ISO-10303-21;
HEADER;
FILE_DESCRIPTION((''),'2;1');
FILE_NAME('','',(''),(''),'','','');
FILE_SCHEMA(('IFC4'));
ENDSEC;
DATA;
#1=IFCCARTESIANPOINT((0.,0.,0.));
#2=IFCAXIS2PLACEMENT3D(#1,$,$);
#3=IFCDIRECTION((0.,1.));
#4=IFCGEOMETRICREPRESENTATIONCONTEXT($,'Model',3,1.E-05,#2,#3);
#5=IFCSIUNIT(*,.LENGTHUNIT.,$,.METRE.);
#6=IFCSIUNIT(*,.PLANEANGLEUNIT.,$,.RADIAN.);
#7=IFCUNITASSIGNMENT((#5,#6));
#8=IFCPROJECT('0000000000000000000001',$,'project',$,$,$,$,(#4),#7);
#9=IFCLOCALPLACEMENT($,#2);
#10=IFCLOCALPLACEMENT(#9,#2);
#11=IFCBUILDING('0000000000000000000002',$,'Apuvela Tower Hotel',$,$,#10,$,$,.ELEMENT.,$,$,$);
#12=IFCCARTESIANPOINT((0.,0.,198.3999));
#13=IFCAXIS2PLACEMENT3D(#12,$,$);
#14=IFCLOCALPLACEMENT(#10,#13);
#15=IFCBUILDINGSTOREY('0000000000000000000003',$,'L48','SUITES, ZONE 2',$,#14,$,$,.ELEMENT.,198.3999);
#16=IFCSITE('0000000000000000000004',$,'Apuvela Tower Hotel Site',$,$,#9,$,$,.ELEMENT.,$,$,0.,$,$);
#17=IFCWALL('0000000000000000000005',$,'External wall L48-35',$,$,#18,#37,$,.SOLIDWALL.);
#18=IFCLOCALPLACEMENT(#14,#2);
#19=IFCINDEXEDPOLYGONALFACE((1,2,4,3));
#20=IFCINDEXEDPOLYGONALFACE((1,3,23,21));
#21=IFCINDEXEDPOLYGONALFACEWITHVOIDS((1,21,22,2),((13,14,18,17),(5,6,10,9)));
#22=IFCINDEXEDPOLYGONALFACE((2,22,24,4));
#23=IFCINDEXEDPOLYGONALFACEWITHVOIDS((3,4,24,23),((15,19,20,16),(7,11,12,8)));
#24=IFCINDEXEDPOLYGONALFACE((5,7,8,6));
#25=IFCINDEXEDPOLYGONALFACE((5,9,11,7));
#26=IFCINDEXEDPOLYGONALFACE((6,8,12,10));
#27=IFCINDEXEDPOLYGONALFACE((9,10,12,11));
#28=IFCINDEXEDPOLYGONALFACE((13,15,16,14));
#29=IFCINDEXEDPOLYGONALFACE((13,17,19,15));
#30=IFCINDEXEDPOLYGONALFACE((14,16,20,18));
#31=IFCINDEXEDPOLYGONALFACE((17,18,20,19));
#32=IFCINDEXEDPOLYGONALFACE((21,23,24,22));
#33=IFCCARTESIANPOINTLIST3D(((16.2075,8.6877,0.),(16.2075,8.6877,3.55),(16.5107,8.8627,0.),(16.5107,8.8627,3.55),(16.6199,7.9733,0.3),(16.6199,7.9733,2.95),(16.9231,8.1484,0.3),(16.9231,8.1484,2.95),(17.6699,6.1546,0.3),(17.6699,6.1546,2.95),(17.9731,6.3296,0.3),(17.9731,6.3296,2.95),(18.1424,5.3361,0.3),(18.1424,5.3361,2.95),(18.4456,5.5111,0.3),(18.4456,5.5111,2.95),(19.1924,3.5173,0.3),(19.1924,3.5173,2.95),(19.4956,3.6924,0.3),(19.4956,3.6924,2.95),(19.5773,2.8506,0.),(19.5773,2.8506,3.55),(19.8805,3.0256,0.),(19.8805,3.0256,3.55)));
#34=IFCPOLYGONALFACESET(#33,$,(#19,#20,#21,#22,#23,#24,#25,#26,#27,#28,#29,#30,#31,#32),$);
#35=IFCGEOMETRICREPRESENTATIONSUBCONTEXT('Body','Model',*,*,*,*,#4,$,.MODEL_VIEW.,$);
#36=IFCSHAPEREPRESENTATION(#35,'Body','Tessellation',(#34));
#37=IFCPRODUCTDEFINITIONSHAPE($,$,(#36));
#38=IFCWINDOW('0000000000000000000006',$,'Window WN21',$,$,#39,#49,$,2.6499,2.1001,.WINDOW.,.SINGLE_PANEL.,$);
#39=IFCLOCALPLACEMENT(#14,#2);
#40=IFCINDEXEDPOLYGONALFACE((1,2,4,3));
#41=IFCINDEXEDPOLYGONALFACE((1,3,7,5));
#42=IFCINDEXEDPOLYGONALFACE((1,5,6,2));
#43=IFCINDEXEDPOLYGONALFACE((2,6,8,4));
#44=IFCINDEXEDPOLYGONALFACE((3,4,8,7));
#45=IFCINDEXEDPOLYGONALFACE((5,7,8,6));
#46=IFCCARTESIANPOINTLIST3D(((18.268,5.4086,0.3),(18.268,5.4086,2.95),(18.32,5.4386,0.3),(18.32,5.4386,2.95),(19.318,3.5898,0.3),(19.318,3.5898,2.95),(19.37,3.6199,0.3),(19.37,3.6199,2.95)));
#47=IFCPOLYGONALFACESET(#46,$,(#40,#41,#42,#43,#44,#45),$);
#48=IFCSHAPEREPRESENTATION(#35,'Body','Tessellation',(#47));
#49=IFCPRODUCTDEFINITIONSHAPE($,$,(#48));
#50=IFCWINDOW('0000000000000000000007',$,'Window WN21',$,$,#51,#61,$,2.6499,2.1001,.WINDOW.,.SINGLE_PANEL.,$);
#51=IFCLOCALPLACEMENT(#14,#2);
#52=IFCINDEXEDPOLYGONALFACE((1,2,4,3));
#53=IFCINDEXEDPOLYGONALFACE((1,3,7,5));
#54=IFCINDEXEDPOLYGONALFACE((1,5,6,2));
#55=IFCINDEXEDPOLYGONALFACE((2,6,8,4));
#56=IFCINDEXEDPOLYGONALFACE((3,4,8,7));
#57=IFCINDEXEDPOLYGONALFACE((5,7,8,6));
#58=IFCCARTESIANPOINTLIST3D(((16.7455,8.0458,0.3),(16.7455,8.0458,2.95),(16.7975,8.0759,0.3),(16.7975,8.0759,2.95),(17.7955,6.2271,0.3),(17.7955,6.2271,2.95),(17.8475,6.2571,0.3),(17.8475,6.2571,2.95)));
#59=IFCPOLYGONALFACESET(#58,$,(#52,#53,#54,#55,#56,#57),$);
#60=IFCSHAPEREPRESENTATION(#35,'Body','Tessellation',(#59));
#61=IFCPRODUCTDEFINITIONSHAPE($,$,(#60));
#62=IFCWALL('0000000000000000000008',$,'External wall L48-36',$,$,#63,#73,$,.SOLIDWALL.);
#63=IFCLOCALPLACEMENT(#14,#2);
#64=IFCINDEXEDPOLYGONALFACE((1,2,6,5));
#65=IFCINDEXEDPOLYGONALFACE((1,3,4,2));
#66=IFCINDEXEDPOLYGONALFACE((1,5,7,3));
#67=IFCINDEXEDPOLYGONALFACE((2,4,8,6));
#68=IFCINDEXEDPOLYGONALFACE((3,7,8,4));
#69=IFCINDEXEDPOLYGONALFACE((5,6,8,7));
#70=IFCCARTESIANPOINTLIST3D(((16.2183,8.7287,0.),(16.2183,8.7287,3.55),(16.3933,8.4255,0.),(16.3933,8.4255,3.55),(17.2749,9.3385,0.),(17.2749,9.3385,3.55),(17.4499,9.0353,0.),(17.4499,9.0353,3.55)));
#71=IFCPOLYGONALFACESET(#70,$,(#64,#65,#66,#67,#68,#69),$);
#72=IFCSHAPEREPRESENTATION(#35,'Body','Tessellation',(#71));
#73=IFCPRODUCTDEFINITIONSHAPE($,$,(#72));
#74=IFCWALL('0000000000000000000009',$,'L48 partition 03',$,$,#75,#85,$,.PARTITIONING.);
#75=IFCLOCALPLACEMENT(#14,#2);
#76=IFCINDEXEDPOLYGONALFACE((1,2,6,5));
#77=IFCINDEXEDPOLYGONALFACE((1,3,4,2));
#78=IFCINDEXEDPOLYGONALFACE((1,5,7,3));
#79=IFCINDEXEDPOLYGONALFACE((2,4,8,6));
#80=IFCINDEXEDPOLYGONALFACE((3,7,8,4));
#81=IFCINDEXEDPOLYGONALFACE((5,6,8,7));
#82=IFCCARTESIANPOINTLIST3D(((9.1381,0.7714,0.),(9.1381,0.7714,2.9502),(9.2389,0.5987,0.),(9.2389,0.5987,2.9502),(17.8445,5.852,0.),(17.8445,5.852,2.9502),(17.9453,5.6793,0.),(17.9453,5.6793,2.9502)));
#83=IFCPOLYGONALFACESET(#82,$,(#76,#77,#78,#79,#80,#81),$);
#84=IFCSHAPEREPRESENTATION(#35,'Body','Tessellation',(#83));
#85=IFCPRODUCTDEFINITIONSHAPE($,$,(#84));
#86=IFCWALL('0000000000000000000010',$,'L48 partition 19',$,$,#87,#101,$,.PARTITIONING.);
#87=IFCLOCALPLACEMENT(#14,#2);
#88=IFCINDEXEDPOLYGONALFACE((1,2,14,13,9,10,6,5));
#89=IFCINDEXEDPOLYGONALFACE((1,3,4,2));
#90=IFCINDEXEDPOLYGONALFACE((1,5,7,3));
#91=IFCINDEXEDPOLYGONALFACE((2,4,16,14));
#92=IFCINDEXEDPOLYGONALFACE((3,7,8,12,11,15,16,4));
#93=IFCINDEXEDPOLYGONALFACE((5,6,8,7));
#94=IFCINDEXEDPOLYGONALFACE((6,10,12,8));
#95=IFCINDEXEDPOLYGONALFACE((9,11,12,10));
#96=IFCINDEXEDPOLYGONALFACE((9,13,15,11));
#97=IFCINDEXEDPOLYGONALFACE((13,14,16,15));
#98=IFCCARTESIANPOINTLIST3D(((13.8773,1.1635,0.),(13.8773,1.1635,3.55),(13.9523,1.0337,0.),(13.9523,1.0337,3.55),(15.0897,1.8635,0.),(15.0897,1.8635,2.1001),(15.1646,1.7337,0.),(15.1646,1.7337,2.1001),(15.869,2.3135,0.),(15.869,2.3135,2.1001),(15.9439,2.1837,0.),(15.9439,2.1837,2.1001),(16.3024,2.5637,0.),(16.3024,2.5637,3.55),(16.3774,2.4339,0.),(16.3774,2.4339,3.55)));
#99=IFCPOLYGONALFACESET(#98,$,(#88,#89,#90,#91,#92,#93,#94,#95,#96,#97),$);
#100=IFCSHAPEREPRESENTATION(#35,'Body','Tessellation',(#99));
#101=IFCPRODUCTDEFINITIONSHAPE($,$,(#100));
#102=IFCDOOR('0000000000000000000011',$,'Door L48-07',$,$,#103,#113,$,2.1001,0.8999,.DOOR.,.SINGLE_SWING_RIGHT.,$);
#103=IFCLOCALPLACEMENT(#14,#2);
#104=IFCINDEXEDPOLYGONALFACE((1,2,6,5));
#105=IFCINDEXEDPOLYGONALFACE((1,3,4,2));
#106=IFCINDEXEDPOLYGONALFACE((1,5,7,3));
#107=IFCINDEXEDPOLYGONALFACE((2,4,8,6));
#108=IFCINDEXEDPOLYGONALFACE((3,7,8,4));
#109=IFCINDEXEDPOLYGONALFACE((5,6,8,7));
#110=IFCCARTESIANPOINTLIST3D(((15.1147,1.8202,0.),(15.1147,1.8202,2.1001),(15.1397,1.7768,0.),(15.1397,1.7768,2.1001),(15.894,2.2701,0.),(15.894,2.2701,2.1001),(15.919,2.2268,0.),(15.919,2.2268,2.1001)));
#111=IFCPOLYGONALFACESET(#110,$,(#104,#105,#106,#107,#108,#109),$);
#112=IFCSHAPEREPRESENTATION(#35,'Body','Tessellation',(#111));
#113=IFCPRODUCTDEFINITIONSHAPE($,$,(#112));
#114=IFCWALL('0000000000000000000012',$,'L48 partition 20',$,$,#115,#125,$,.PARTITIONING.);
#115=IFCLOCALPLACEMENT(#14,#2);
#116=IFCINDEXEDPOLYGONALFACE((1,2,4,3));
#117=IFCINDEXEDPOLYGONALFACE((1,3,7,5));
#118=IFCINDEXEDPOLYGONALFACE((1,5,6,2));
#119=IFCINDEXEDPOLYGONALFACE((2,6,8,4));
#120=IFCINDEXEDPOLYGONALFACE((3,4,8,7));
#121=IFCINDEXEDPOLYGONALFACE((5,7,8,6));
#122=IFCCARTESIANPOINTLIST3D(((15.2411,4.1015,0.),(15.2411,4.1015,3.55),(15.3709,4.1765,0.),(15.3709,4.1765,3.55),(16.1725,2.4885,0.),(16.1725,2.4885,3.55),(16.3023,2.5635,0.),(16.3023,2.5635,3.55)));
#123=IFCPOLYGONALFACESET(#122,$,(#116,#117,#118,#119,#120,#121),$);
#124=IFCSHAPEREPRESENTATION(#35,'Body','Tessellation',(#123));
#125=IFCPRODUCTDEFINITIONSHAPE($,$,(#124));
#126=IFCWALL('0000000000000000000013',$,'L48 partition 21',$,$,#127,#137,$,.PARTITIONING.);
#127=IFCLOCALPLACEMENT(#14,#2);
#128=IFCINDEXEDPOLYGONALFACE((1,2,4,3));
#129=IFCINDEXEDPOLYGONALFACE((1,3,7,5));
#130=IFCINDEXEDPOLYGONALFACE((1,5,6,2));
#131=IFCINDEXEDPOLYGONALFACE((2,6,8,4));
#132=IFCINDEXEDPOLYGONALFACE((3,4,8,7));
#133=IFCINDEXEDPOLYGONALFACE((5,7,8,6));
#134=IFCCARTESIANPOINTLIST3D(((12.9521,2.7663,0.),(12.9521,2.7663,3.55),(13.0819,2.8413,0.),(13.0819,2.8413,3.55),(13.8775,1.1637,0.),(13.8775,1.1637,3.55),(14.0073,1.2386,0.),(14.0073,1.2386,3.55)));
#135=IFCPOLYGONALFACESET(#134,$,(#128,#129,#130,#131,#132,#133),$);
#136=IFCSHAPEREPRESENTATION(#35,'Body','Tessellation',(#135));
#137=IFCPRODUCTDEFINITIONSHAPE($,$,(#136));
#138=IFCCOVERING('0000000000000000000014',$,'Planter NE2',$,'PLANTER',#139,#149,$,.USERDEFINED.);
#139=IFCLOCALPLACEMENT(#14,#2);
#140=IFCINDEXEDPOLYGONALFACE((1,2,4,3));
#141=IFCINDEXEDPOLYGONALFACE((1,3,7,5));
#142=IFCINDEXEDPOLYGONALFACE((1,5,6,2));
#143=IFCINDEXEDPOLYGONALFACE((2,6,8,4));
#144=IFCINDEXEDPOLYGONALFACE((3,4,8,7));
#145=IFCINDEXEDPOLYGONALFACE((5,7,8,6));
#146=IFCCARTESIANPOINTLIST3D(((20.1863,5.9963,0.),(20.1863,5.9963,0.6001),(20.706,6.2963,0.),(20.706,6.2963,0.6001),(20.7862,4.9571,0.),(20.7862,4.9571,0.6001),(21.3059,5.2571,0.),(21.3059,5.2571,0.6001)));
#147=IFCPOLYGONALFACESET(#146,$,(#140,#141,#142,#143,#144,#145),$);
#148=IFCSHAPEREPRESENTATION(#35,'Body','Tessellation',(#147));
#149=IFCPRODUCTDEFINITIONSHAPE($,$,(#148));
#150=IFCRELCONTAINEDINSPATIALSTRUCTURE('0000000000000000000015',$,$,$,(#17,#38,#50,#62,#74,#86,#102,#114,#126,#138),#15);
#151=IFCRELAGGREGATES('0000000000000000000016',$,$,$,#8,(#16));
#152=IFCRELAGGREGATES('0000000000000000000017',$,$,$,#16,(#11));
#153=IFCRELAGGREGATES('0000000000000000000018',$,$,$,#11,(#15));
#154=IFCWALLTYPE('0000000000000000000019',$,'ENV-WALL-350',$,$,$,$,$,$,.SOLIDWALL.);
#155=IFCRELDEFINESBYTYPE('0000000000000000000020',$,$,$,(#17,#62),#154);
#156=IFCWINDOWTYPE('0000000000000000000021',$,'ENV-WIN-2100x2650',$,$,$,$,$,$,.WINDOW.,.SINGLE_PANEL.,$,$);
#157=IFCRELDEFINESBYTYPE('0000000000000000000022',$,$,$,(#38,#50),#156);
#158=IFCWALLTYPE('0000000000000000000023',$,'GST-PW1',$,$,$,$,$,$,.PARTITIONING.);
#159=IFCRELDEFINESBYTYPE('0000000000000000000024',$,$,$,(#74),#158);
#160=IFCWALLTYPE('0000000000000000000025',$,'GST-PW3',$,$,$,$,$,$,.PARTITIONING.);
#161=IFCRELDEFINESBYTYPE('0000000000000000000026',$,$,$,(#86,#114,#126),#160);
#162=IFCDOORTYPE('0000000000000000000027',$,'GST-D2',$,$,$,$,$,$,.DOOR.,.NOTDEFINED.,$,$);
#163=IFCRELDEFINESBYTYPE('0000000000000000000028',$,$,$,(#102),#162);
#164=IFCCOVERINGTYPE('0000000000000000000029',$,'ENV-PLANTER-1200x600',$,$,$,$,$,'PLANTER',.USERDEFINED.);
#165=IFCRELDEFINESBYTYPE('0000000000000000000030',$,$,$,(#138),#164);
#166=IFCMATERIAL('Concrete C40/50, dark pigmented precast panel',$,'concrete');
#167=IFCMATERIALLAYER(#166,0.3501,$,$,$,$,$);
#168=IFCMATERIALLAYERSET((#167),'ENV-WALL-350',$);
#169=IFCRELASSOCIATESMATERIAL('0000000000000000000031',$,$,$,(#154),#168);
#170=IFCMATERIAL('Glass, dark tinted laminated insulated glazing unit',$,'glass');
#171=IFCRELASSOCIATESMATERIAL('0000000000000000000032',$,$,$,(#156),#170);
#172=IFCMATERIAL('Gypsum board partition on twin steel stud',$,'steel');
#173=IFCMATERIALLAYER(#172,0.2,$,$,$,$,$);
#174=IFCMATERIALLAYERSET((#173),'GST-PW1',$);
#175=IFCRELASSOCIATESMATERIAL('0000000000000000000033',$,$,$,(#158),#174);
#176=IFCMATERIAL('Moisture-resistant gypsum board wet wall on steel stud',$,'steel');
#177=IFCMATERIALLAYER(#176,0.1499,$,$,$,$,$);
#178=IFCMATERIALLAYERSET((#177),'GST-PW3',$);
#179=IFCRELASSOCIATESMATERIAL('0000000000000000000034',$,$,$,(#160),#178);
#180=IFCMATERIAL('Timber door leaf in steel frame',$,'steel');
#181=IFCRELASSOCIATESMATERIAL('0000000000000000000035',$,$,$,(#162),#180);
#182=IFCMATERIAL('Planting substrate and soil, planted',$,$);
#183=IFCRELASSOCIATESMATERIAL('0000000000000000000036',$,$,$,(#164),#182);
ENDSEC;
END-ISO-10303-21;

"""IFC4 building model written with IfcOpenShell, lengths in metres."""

from ifc_helpers import new_model, si_unit, direction, frame, frame_2d, origin, origin_2d, place, context, subcontext, project, spatial, rectangle, extrude, material, layer, layer_set, type_object, element, fill, save


model = new_model("IFC4")

# Units and contexts
model_context = context("Model", 3, precision=1e-05, world=origin(), true_north=direction((0.0, 1.0)))
body_context = subcontext(model_context, "Body", "Model", "MODEL_VIEW")
ifc_project = project(units=[si_unit("LENGTHUNIT", "METRE"), si_unit("PLANEANGLEUNIT", "RADIAN")], contexts=[model_context])

# Site, building, storey
site_placement = place(None, origin())
site = spatial("IfcSite", under=ifc_project, at=site_placement, Name="Apuvela Tower Hotel Site", CompositionType="ELEMENT", RefElevation=0.0)
building_placement = place(site_placement, origin())
building = spatial("IfcBuilding", under=site, at=building_placement, Name="Apuvela Tower Hotel", CompositionType="ELEMENT")
storey_placement = place(building_placement, frame((0.0, 0.0, 198.3999)))
storey = spatial("IfcBuildingStorey", under=building, at=storey_placement, Name="L48", Description="SUITES, ZONE 2", CompositionType="ELEMENT", Elevation=198.3999)

# Shared definitions
ifc_material_1 = material(Name="Concrete C40/50, dark pigmented precast panel", Category="concrete")
ifc_layer_1 = layer(ifc_material_1, 0.3501)
ifc_layer_set_1 = layer_set([ifc_layer_1], Name="ENV-WALL-350")
wall_type_1 = type_object("IfcWallType", Name="ENV-WALL-350", PredefinedType="SOLIDWALL", material=ifc_layer_set_1)

# Wall, openings, windows
wall_1_placement = place(storey_placement, frame((19.729, 2.938, 0.0), z_axis=(0.0, 0.0, 1.0), x_axis=(-0.499976, 0.866039, 0.0)))
wall_1 = element("IfcWall", 1, at=wall_1_placement, inside=storey, type_object=wall_type_1, Name="External wall L48-35", PredefinedType="SOLIDWALL", context=body_context, shape_type="SweptSolid", body=[
    extrude(rectangle(XDim=6.74, YDim=0.3501, at=frame_2d((3.3701, 0.0))), origin(), (0.0, 0.0, 1.0), 3.55),
])
opening_1_placement = place(wall_1_placement, frame((0.77, 0.0, 0.3)))
opening_1 = element("IfcOpeningElement", 2, at=opening_1_placement, cuts=wall_1, PredefinedType="OPENING", context=body_context, shape_type="SweptSolid", body=[
    extrude(rectangle(XDim=2.1001, YDim=2.6499, at=frame_2d((1.05, 1.325))), frame((0.0, 0.1851, 0.0), z_axis=(0.0, -1.0, 0.0), x_axis=(1.0, 0.0, 0.0)), (0.0, 0.0, 1.0), 0.3701),
])
opening_2_placement = place(wall_1_placement, frame((3.8152, 0.0, 0.3)))
opening_2 = element("IfcOpeningElement", 3, at=opening_2_placement, cuts=wall_1, PredefinedType="OPENING", context=body_context, shape_type="SweptSolid", body=[
    extrude(rectangle(XDim=2.1001, YDim=2.6499, at=frame_2d((1.05, 1.325))), frame((0.0, 0.1851, 0.0), z_axis=(0.0, -1.0, 0.0), x_axis=(1.0, 0.0, 0.0)), (0.0, 0.0, 1.0), 0.3701),
])
ifc_material_2 = material(Name="Glass, dark tinted laminated insulated glazing unit", Category="glass")
window_type_1 = type_object("IfcWindowType", Name="ENV-WIN-2100x2650", PartitioningType="SINGLE_PANEL", PredefinedType="WINDOW", material=ifc_material_2)
window_1_placement = place(opening_1_placement, origin())
window_1 = element("IfcWindow", 4, at=window_1_placement, inside=storey, type_object=window_type_1, Name="Window WN21", OverallHeight=2.6499, OverallWidth=2.1001, PartitioningType="SINGLE_PANEL", PredefinedType="WINDOW", context=body_context, shape_type="SweptSolid", body=[
    extrude(rectangle(XDim=2.1001, YDim=2.6499, at=frame_2d((1.05, 1.325))), frame((0.0, 0.03, 0.0), z_axis=(0.0, -1.0, 0.0), x_axis=(1.0, 0.0, 0.0)), (0.0, 0.0, 1.0), 0.0601),
])
fill(opening_1, window_1)
window_2_placement = place(opening_2_placement, origin())
window_2 = element("IfcWindow", 5, at=window_2_placement, inside=storey, type_object=window_type_1, Name="Window WN21", OverallHeight=2.6499, OverallWidth=2.1001, PartitioningType="SINGLE_PANEL", PredefinedType="WINDOW", context=body_context, shape_type="SweptSolid", body=[
    extrude(rectangle(XDim=2.1001, YDim=2.6499, at=frame_2d((1.05, 1.325))), frame((0.0, 0.03, 0.0), z_axis=(0.0, -1.0, 0.0), x_axis=(1.0, 0.0, 0.0)), (0.0, 0.0, 1.0), 0.0601),
])
fill(opening_2, window_2)

# Wall
wall_2_placement = place(storey_placement, frame((16.3059, 8.5771, 0.0), z_axis=(0.0, 0.0, 1.0), x_axis=(0.866092, 0.499884, 0.0)))
element("IfcWall", 6, at=wall_2_placement, inside=storey, type_object=wall_type_1, Name="External wall L48-36", PredefinedType="SOLIDWALL", context=body_context, shape_type="SweptSolid", body=[
    extrude(rectangle(XDim=1.22, YDim=0.3501, at=frame_2d((0.6099, 0.0))), origin(), (0.0, 0.0, 1.0), 3.55),
])

# Wall
ifc_material_3 = material(Name="Gypsum board partition on twin steel stud", Category="steel")
ifc_layer_2 = layer(ifc_material_3, 0.2)
ifc_layer_set_2 = layer_set([ifc_layer_2], Name="GST-PW1")
wall_type_2 = type_object("IfcWallType", Name="GST-PW1", PredefinedType="PARTITIONING", material=ifc_layer_set_2)
wall_3_placement = place(storey_placement, frame((17.8948, 5.7656, 0.0), z_axis=(0.0, 0.0, 1.0), x_axis=(-0.863697, -0.504011, 0.0)))
element("IfcWall", 7, at=wall_3_placement, inside=storey, type_object=wall_type_2, Name="L48 partition 03", PredefinedType="PARTITIONING", context=body_context, shape_type="SweptSolid", body=[
    extrude(rectangle(XDim=10.0803, YDim=0.2, at=frame_2d((5.04, 0.0))), origin(), (0.0, 0.0, 1.0), 2.9502),
])

# Wall, opening, door
ifc_material_4 = material(Name="Moisture-resistant gypsum board wet wall on steel stud", Category="steel")
ifc_layer_3 = layer(ifc_material_4, 0.1499)
ifc_layer_set_3 = layer_set([ifc_layer_3], Name="GST-PW3")
wall_type_3 = type_object("IfcWallType", Name="GST-PW3", PredefinedType="PARTITIONING", material=ifc_layer_set_3)
wall_4_placement = place(storey_placement, frame((13.9148, 1.0986, 0.0), z_axis=(0.0, 0.0, 1.0), x_axis=(0.866019, 0.500012, 0.0)))
wall_4 = element("IfcWall", 8, at=wall_4_placement, inside=storey, type_object=wall_type_3, Name="L48 partition 19", PredefinedType="PARTITIONING", context=body_context, shape_type="SweptSolid", body=[
    extrude(rectangle(XDim=2.8003, YDim=0.1499, at=frame_2d((1.4001, 0.0))), origin(), (0.0, 0.0, 1.0), 3.55),
])
opening_3_placement = place(wall_4_placement, frame((1.3999, 0.0, 0.0)))
opening_3 = element("IfcOpeningElement", 9, at=opening_3_placement, cuts=wall_4, PredefinedType="OPENING", context=body_context, shape_type="SweptSolid", body=[
    extrude(rectangle(XDim=0.8999, YDim=2.1001, at=frame_2d((0.45, 1.05))), frame((0.0, 0.085, 0.0), z_axis=(0.0, -1.0, 0.0), x_axis=(1.0, 0.0, 0.0)), (0.0, 0.0, 1.0), 0.1699),
])
ifc_material_5 = material(Name="Timber door leaf in steel frame", Category="steel")
door_type_1 = type_object("IfcDoorType", Name="GST-D2", OperationType="NOTDEFINED", PredefinedType="DOOR", material=ifc_material_5)
door_1_placement = place(opening_3_placement, origin())
door_1 = element("IfcDoor", 10, at=door_1_placement, inside=storey, type_object=door_type_1, Name="Door L48-07", OperationType="SINGLE_SWING_RIGHT", OverallHeight=2.1001, OverallWidth=0.8999, PredefinedType="DOOR", context=body_context, shape_type="SweptSolid", body=[
    extrude(rectangle(XDim=0.8999, YDim=2.1001, at=frame_2d((0.45, 1.05))), frame((0.0, 0.0249, 0.0), z_axis=(0.0, -1.0, 0.0), x_axis=(1.0, 0.0, 0.0)), (0.0, 0.0, 1.0), 0.05),
])
fill(opening_3, door_1)

# Walls
wall_5_placement = place(storey_placement, frame((16.2373, 2.5261, 0.0), z_axis=(0.0, 0.0, 1.0), x_axis=(-0.500044, 0.866, 0.0)))
element("IfcWall", 11, at=wall_5_placement, inside=storey, type_object=wall_type_3, Name="L48 partition 20", PredefinedType="PARTITIONING", context=body_context, shape_type="SweptSolid", body=[
    extrude(rectangle(XDim=1.8625, YDim=0.1499, at=frame_2d((0.9312, 0.0))), origin(), (0.0, 0.0, 1.0), 3.55),
])
wall_6_placement = place(storey_placement, frame((13.9424, 1.2012, 0.0), z_axis=(0.0, 0.0, 1.0), x_axis=(-0.500027, 0.86601, 0.0)))
element("IfcWall", 12, at=wall_6_placement, inside=storey, type_object=wall_type_3, Name="L48 partition 21", PredefinedType="PARTITIONING", context=body_context, shape_type="SweptSolid", body=[
    extrude(rectangle(XDim=1.8506, YDim=0.1499, at=frame_2d((0.9253, 0.0))), origin(), (0.0, 0.0, 1.0), 3.55),
])

# Covering
ifc_material_6 = material(Name="Planting substrate and soil, planted")
covering_type = type_object("IfcCoveringType", Name="ENV-PLANTER-1200x600", ElementType="PLANTER", PredefinedType="USERDEFINED", material=ifc_material_6)
covering_placement = place(storey_placement, frame((20.7461, 5.6267, 0.0), z_axis=(0.0, 0.0, 1.0), x_axis=(-0.5, 0.866025, 0.0)))
element("IfcCovering", 13, at=covering_placement, inside=storey, type_object=covering_type, Name="Planter NE2", ObjectType="PLANTER", PredefinedType="USERDEFINED", context=body_context, shape_type="SweptSolid", body=[
    extrude(rectangle(XDim=1.2, YDim=0.6001, at=origin_2d()), origin(), (0.0, 0.0, 1.0), 0.6001),
])

save(model, "model.ifc")
